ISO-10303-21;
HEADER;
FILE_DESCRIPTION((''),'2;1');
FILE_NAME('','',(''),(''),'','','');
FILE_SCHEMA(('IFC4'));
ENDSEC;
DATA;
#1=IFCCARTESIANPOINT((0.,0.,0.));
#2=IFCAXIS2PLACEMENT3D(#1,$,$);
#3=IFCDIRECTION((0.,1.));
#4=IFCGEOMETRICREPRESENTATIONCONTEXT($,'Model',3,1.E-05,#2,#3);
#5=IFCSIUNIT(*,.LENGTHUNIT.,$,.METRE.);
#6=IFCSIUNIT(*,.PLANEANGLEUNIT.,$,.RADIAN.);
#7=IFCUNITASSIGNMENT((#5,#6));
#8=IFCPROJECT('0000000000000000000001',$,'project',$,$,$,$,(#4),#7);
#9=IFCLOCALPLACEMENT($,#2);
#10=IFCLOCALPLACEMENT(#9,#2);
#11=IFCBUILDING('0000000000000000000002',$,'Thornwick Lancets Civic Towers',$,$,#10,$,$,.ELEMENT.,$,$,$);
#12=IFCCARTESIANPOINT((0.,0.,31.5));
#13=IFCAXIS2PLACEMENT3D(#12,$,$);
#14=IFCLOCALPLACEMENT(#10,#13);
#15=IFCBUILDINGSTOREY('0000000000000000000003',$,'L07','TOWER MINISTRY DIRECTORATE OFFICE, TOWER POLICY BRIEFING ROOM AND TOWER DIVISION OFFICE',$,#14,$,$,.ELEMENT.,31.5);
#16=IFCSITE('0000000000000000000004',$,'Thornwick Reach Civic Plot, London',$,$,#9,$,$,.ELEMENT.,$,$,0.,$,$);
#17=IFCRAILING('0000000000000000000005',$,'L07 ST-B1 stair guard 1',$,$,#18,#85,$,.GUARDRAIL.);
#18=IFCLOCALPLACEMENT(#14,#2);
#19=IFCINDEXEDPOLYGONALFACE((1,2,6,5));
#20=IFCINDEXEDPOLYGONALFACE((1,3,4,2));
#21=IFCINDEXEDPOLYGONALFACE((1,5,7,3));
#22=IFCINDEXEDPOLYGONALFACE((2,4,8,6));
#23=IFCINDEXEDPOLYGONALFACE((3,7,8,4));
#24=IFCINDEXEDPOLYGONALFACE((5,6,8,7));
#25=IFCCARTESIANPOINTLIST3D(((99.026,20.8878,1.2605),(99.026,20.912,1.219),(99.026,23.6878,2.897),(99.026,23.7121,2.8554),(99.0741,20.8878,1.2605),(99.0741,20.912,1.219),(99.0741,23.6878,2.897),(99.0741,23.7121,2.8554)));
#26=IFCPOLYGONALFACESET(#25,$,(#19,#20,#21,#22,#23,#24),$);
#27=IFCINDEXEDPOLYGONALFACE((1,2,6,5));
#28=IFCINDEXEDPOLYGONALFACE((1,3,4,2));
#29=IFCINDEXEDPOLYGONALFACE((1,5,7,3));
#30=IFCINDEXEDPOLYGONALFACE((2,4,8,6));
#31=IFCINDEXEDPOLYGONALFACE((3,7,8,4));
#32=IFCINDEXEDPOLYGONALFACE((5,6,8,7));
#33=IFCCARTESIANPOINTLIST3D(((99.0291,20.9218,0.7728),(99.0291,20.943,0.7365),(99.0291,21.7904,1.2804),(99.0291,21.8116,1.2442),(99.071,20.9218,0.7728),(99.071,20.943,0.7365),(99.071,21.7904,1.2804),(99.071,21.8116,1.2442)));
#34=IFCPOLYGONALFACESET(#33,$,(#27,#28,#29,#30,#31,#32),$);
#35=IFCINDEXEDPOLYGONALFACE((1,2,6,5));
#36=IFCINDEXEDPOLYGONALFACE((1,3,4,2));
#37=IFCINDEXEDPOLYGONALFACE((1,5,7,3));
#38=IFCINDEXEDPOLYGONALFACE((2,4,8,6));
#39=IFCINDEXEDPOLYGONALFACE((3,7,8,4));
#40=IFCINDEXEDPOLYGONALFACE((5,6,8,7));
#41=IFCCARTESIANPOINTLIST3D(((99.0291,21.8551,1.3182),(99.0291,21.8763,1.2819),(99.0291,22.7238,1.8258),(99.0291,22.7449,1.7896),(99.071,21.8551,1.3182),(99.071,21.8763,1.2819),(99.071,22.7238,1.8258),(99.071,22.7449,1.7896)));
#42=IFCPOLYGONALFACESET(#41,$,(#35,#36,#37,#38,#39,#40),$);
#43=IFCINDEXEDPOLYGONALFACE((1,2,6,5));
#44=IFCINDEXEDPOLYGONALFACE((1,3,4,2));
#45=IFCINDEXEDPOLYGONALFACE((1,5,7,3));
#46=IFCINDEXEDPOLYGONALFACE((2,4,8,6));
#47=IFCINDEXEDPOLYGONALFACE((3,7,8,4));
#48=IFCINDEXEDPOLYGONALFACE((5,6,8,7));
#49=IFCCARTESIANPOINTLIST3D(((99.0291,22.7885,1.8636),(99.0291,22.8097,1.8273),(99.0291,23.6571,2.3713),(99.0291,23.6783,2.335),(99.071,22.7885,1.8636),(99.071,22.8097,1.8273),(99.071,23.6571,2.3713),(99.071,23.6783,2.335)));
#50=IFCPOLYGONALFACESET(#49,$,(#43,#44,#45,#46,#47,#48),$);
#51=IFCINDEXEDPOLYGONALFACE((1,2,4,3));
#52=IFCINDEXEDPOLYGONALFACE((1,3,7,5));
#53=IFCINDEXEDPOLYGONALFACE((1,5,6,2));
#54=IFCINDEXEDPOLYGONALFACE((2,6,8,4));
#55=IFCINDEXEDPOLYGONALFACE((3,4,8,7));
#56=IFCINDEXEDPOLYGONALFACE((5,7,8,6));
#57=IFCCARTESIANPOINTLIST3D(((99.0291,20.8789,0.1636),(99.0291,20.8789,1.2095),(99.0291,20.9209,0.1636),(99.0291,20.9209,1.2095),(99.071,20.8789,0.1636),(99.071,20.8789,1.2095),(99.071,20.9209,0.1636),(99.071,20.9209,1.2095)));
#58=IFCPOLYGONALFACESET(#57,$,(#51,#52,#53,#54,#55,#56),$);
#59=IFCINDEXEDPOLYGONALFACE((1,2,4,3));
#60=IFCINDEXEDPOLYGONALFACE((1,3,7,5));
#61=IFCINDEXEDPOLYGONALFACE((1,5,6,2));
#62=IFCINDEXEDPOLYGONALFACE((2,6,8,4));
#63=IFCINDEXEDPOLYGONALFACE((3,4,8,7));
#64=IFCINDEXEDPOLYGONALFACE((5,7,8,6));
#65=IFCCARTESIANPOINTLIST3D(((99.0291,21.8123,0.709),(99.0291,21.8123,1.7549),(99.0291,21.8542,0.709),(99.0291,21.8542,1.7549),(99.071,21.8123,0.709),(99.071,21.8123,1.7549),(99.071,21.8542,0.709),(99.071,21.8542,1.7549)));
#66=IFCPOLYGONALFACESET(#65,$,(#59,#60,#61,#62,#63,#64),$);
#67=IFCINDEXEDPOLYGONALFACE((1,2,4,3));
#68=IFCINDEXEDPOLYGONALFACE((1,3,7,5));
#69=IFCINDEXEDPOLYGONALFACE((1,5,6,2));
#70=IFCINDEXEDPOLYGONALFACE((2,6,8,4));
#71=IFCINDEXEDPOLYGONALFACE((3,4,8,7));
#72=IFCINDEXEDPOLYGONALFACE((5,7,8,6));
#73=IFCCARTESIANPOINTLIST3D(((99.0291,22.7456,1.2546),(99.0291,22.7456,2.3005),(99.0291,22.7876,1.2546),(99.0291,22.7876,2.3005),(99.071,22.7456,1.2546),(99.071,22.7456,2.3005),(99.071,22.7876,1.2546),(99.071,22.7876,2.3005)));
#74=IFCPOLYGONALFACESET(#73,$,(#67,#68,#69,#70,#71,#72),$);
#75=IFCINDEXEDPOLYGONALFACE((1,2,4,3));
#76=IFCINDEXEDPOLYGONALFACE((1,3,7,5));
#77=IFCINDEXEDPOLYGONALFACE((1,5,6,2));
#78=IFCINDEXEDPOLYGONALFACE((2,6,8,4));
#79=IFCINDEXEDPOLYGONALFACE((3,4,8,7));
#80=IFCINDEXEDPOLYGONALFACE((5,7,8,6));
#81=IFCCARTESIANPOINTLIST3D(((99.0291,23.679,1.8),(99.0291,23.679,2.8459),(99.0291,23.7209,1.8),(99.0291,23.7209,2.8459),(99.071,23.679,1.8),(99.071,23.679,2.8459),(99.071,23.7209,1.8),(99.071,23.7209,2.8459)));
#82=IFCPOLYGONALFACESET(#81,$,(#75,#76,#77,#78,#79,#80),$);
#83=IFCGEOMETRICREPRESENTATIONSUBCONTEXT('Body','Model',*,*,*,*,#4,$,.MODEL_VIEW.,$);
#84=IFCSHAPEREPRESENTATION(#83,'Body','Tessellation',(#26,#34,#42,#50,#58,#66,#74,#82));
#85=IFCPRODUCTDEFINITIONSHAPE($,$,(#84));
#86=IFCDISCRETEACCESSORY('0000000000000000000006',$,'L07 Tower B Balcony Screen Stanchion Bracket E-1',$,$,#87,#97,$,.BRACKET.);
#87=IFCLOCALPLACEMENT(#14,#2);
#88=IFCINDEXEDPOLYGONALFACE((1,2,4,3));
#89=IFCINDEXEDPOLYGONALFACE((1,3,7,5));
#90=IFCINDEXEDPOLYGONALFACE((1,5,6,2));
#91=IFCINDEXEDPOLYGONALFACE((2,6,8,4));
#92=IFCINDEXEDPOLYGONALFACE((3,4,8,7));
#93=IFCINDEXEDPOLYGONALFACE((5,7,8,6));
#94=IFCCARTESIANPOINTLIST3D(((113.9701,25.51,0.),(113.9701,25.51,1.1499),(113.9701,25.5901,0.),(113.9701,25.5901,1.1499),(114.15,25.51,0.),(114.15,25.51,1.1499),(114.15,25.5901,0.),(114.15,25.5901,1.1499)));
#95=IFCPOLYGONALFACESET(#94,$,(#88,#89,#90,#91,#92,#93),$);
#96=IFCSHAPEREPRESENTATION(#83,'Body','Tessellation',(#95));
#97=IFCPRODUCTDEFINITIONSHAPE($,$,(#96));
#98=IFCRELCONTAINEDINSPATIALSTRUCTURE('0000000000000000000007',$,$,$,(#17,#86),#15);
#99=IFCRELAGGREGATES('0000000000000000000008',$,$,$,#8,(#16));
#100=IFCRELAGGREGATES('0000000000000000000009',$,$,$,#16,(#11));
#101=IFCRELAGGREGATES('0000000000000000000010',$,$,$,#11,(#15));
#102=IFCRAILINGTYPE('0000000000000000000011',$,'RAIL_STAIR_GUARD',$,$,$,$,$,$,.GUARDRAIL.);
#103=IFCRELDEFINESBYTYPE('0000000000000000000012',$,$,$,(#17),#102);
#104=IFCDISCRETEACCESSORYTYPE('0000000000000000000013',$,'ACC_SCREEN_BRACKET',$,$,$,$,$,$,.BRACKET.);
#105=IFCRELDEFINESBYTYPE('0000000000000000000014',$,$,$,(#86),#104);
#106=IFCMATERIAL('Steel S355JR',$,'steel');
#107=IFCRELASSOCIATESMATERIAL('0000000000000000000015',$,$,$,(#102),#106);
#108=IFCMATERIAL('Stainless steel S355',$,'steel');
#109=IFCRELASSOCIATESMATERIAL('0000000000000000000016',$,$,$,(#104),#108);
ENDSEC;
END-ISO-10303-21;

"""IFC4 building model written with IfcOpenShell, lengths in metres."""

from ifc_helpers import new_model, si_unit, direction, frame, origin, origin_2d, place, context, subcontext, project, spatial, rectangle, extrude, material, type_object, element, save


model = new_model("IFC4")

# Units and contexts
model_context = context("Model", 3, precision=1e-05, world=origin(), true_north=direction((0.0, 1.0)))
body_context = subcontext(model_context, "Body", "Model", "MODEL_VIEW")
ifc_project = project(units=[si_unit("LENGTHUNIT", "METRE"), si_unit("PLANEANGLEUNIT", "RADIAN")], contexts=[model_context])

# Site, building, storey
site_placement = place(None, origin())
site = spatial("IfcSite", under=ifc_project, at=site_placement, Name="Thornwick Reach Civic Plot, London", CompositionType="ELEMENT", RefElevation=0.0)
building_placement = place(site_placement, origin())
building = spatial("IfcBuilding", under=site, at=building_placement, Name="Thornwick Lancets Civic Towers", CompositionType="ELEMENT")
storey_placement = place(building_placement, frame((0.0, 0.0, 31.5)))
storey = spatial("IfcBuildingStorey", under=building, at=storey_placement, Name="L07", Description="TOWER MINISTRY DIRECTORATE OFFICE, TOWER POLICY BRIEFING ROOM AND TOWER DIVISION OFFICE", CompositionType="ELEMENT", Elevation=31.5)

# Shared definitions
ifc_material_1 = material(Name="Steel S355JR", Category="steel")

# Railing
railing_type_1 = type_object("IfcRailingType", Name="RAIL_STAIR_GUARD", PredefinedType="GUARDRAIL", material=ifc_material_1)
railing_1_placement = place(storey_placement, frame((99.05, 20.8999, 0.1636)))
element("IfcRailing", 1, at=railing_1_placement, inside=storey, type_object=railing_type_1, Name="L07 ST-B1 stair guard 1", PredefinedType="GUARDRAIL", context=body_context, shape_type="SweptSolid", body=[
    extrude(rectangle(XDim=0.0481, YDim=0.0481, at=origin_2d()), frame((0.0, 0.0, 1.0762), z_axis=(0.0, 0.863361, 0.504587), x_axis=(-1.0, 0.0, 0.0)), (0.0, 0.0, 1.0), 3.2432),
    extrude(rectangle(XDim=0.042, YDim=0.042, at=origin_2d()), frame((0.0, 0.0325, 0.5911), z_axis=(0.0, 0.863361, 0.504587), x_axis=(-1.0, 0.0, 0.0)), (0.0, 0.0, 1.0), 1.0061),
    extrude(rectangle(XDim=0.042, YDim=0.042, at=origin_2d()), frame((0.0, 0.9658, 1.1365), z_axis=(0.0, 0.863361, 0.504587), x_axis=(-1.0, 0.0, 0.0)), (0.0, 0.0, 1.0), 1.0061),
    extrude(rectangle(XDim=0.042, YDim=0.042, at=origin_2d()), frame((0.0, 1.8992, 1.6819), z_axis=(0.0, 0.863361, 0.504587), x_axis=(-1.0, 0.0, 0.0)), (0.0, 0.0, 1.0), 1.0061),
    extrude(rectangle(XDim=0.042, YDim=0.042, at=origin_2d()), origin(), (0.0, 0.0, 1.0), 1.0459),
    extrude(rectangle(XDim=0.042, YDim=0.042, at=origin_2d()), frame((0.0, 0.9333, 0.5454)), (0.0, 0.0, 1.0), 1.0459),
    extrude(rectangle(XDim=0.042, YDim=0.042, at=origin_2d()), frame((0.0, 1.8667, 1.0911)), (0.0, 0.0, 1.0), 1.0459),
    extrude(rectangle(XDim=0.042, YDim=0.042, at=origin_2d()), frame((0.0, 2.8, 1.6365)), (0.0, 0.0, 1.0), 1.0459),
])

# Discrete accessory
ifc_material_2 = material(Name="Stainless steel S355", Category="steel")
discrete_accessory_type = type_object("IfcDiscreteAccessoryType", Name="ACC_SCREEN_BRACKET", PredefinedType="BRACKET", material=ifc_material_2)
discrete_accessory_placement = place(storey_placement, frame((114.0601, 25.55, 0.0), z_axis=(0.0, 0.0, 1.0), x_axis=(0.0, 1.0, 0.0)))
element("IfcDiscreteAccessory", 2, at=discrete_accessory_placement, inside=storey, type_object=discrete_accessory_type, Name="L07 Tower B Balcony Screen Stanchion Bracket E-1", PredefinedType="BRACKET", context=body_context, shape_type="SweptSolid", body=[
    extrude(rectangle(XDim=0.0801, YDim=0.1799, at=origin_2d()), origin(), (0.0, 0.0, 1.0), 1.1499),
])

save(model, "model.ifc")
